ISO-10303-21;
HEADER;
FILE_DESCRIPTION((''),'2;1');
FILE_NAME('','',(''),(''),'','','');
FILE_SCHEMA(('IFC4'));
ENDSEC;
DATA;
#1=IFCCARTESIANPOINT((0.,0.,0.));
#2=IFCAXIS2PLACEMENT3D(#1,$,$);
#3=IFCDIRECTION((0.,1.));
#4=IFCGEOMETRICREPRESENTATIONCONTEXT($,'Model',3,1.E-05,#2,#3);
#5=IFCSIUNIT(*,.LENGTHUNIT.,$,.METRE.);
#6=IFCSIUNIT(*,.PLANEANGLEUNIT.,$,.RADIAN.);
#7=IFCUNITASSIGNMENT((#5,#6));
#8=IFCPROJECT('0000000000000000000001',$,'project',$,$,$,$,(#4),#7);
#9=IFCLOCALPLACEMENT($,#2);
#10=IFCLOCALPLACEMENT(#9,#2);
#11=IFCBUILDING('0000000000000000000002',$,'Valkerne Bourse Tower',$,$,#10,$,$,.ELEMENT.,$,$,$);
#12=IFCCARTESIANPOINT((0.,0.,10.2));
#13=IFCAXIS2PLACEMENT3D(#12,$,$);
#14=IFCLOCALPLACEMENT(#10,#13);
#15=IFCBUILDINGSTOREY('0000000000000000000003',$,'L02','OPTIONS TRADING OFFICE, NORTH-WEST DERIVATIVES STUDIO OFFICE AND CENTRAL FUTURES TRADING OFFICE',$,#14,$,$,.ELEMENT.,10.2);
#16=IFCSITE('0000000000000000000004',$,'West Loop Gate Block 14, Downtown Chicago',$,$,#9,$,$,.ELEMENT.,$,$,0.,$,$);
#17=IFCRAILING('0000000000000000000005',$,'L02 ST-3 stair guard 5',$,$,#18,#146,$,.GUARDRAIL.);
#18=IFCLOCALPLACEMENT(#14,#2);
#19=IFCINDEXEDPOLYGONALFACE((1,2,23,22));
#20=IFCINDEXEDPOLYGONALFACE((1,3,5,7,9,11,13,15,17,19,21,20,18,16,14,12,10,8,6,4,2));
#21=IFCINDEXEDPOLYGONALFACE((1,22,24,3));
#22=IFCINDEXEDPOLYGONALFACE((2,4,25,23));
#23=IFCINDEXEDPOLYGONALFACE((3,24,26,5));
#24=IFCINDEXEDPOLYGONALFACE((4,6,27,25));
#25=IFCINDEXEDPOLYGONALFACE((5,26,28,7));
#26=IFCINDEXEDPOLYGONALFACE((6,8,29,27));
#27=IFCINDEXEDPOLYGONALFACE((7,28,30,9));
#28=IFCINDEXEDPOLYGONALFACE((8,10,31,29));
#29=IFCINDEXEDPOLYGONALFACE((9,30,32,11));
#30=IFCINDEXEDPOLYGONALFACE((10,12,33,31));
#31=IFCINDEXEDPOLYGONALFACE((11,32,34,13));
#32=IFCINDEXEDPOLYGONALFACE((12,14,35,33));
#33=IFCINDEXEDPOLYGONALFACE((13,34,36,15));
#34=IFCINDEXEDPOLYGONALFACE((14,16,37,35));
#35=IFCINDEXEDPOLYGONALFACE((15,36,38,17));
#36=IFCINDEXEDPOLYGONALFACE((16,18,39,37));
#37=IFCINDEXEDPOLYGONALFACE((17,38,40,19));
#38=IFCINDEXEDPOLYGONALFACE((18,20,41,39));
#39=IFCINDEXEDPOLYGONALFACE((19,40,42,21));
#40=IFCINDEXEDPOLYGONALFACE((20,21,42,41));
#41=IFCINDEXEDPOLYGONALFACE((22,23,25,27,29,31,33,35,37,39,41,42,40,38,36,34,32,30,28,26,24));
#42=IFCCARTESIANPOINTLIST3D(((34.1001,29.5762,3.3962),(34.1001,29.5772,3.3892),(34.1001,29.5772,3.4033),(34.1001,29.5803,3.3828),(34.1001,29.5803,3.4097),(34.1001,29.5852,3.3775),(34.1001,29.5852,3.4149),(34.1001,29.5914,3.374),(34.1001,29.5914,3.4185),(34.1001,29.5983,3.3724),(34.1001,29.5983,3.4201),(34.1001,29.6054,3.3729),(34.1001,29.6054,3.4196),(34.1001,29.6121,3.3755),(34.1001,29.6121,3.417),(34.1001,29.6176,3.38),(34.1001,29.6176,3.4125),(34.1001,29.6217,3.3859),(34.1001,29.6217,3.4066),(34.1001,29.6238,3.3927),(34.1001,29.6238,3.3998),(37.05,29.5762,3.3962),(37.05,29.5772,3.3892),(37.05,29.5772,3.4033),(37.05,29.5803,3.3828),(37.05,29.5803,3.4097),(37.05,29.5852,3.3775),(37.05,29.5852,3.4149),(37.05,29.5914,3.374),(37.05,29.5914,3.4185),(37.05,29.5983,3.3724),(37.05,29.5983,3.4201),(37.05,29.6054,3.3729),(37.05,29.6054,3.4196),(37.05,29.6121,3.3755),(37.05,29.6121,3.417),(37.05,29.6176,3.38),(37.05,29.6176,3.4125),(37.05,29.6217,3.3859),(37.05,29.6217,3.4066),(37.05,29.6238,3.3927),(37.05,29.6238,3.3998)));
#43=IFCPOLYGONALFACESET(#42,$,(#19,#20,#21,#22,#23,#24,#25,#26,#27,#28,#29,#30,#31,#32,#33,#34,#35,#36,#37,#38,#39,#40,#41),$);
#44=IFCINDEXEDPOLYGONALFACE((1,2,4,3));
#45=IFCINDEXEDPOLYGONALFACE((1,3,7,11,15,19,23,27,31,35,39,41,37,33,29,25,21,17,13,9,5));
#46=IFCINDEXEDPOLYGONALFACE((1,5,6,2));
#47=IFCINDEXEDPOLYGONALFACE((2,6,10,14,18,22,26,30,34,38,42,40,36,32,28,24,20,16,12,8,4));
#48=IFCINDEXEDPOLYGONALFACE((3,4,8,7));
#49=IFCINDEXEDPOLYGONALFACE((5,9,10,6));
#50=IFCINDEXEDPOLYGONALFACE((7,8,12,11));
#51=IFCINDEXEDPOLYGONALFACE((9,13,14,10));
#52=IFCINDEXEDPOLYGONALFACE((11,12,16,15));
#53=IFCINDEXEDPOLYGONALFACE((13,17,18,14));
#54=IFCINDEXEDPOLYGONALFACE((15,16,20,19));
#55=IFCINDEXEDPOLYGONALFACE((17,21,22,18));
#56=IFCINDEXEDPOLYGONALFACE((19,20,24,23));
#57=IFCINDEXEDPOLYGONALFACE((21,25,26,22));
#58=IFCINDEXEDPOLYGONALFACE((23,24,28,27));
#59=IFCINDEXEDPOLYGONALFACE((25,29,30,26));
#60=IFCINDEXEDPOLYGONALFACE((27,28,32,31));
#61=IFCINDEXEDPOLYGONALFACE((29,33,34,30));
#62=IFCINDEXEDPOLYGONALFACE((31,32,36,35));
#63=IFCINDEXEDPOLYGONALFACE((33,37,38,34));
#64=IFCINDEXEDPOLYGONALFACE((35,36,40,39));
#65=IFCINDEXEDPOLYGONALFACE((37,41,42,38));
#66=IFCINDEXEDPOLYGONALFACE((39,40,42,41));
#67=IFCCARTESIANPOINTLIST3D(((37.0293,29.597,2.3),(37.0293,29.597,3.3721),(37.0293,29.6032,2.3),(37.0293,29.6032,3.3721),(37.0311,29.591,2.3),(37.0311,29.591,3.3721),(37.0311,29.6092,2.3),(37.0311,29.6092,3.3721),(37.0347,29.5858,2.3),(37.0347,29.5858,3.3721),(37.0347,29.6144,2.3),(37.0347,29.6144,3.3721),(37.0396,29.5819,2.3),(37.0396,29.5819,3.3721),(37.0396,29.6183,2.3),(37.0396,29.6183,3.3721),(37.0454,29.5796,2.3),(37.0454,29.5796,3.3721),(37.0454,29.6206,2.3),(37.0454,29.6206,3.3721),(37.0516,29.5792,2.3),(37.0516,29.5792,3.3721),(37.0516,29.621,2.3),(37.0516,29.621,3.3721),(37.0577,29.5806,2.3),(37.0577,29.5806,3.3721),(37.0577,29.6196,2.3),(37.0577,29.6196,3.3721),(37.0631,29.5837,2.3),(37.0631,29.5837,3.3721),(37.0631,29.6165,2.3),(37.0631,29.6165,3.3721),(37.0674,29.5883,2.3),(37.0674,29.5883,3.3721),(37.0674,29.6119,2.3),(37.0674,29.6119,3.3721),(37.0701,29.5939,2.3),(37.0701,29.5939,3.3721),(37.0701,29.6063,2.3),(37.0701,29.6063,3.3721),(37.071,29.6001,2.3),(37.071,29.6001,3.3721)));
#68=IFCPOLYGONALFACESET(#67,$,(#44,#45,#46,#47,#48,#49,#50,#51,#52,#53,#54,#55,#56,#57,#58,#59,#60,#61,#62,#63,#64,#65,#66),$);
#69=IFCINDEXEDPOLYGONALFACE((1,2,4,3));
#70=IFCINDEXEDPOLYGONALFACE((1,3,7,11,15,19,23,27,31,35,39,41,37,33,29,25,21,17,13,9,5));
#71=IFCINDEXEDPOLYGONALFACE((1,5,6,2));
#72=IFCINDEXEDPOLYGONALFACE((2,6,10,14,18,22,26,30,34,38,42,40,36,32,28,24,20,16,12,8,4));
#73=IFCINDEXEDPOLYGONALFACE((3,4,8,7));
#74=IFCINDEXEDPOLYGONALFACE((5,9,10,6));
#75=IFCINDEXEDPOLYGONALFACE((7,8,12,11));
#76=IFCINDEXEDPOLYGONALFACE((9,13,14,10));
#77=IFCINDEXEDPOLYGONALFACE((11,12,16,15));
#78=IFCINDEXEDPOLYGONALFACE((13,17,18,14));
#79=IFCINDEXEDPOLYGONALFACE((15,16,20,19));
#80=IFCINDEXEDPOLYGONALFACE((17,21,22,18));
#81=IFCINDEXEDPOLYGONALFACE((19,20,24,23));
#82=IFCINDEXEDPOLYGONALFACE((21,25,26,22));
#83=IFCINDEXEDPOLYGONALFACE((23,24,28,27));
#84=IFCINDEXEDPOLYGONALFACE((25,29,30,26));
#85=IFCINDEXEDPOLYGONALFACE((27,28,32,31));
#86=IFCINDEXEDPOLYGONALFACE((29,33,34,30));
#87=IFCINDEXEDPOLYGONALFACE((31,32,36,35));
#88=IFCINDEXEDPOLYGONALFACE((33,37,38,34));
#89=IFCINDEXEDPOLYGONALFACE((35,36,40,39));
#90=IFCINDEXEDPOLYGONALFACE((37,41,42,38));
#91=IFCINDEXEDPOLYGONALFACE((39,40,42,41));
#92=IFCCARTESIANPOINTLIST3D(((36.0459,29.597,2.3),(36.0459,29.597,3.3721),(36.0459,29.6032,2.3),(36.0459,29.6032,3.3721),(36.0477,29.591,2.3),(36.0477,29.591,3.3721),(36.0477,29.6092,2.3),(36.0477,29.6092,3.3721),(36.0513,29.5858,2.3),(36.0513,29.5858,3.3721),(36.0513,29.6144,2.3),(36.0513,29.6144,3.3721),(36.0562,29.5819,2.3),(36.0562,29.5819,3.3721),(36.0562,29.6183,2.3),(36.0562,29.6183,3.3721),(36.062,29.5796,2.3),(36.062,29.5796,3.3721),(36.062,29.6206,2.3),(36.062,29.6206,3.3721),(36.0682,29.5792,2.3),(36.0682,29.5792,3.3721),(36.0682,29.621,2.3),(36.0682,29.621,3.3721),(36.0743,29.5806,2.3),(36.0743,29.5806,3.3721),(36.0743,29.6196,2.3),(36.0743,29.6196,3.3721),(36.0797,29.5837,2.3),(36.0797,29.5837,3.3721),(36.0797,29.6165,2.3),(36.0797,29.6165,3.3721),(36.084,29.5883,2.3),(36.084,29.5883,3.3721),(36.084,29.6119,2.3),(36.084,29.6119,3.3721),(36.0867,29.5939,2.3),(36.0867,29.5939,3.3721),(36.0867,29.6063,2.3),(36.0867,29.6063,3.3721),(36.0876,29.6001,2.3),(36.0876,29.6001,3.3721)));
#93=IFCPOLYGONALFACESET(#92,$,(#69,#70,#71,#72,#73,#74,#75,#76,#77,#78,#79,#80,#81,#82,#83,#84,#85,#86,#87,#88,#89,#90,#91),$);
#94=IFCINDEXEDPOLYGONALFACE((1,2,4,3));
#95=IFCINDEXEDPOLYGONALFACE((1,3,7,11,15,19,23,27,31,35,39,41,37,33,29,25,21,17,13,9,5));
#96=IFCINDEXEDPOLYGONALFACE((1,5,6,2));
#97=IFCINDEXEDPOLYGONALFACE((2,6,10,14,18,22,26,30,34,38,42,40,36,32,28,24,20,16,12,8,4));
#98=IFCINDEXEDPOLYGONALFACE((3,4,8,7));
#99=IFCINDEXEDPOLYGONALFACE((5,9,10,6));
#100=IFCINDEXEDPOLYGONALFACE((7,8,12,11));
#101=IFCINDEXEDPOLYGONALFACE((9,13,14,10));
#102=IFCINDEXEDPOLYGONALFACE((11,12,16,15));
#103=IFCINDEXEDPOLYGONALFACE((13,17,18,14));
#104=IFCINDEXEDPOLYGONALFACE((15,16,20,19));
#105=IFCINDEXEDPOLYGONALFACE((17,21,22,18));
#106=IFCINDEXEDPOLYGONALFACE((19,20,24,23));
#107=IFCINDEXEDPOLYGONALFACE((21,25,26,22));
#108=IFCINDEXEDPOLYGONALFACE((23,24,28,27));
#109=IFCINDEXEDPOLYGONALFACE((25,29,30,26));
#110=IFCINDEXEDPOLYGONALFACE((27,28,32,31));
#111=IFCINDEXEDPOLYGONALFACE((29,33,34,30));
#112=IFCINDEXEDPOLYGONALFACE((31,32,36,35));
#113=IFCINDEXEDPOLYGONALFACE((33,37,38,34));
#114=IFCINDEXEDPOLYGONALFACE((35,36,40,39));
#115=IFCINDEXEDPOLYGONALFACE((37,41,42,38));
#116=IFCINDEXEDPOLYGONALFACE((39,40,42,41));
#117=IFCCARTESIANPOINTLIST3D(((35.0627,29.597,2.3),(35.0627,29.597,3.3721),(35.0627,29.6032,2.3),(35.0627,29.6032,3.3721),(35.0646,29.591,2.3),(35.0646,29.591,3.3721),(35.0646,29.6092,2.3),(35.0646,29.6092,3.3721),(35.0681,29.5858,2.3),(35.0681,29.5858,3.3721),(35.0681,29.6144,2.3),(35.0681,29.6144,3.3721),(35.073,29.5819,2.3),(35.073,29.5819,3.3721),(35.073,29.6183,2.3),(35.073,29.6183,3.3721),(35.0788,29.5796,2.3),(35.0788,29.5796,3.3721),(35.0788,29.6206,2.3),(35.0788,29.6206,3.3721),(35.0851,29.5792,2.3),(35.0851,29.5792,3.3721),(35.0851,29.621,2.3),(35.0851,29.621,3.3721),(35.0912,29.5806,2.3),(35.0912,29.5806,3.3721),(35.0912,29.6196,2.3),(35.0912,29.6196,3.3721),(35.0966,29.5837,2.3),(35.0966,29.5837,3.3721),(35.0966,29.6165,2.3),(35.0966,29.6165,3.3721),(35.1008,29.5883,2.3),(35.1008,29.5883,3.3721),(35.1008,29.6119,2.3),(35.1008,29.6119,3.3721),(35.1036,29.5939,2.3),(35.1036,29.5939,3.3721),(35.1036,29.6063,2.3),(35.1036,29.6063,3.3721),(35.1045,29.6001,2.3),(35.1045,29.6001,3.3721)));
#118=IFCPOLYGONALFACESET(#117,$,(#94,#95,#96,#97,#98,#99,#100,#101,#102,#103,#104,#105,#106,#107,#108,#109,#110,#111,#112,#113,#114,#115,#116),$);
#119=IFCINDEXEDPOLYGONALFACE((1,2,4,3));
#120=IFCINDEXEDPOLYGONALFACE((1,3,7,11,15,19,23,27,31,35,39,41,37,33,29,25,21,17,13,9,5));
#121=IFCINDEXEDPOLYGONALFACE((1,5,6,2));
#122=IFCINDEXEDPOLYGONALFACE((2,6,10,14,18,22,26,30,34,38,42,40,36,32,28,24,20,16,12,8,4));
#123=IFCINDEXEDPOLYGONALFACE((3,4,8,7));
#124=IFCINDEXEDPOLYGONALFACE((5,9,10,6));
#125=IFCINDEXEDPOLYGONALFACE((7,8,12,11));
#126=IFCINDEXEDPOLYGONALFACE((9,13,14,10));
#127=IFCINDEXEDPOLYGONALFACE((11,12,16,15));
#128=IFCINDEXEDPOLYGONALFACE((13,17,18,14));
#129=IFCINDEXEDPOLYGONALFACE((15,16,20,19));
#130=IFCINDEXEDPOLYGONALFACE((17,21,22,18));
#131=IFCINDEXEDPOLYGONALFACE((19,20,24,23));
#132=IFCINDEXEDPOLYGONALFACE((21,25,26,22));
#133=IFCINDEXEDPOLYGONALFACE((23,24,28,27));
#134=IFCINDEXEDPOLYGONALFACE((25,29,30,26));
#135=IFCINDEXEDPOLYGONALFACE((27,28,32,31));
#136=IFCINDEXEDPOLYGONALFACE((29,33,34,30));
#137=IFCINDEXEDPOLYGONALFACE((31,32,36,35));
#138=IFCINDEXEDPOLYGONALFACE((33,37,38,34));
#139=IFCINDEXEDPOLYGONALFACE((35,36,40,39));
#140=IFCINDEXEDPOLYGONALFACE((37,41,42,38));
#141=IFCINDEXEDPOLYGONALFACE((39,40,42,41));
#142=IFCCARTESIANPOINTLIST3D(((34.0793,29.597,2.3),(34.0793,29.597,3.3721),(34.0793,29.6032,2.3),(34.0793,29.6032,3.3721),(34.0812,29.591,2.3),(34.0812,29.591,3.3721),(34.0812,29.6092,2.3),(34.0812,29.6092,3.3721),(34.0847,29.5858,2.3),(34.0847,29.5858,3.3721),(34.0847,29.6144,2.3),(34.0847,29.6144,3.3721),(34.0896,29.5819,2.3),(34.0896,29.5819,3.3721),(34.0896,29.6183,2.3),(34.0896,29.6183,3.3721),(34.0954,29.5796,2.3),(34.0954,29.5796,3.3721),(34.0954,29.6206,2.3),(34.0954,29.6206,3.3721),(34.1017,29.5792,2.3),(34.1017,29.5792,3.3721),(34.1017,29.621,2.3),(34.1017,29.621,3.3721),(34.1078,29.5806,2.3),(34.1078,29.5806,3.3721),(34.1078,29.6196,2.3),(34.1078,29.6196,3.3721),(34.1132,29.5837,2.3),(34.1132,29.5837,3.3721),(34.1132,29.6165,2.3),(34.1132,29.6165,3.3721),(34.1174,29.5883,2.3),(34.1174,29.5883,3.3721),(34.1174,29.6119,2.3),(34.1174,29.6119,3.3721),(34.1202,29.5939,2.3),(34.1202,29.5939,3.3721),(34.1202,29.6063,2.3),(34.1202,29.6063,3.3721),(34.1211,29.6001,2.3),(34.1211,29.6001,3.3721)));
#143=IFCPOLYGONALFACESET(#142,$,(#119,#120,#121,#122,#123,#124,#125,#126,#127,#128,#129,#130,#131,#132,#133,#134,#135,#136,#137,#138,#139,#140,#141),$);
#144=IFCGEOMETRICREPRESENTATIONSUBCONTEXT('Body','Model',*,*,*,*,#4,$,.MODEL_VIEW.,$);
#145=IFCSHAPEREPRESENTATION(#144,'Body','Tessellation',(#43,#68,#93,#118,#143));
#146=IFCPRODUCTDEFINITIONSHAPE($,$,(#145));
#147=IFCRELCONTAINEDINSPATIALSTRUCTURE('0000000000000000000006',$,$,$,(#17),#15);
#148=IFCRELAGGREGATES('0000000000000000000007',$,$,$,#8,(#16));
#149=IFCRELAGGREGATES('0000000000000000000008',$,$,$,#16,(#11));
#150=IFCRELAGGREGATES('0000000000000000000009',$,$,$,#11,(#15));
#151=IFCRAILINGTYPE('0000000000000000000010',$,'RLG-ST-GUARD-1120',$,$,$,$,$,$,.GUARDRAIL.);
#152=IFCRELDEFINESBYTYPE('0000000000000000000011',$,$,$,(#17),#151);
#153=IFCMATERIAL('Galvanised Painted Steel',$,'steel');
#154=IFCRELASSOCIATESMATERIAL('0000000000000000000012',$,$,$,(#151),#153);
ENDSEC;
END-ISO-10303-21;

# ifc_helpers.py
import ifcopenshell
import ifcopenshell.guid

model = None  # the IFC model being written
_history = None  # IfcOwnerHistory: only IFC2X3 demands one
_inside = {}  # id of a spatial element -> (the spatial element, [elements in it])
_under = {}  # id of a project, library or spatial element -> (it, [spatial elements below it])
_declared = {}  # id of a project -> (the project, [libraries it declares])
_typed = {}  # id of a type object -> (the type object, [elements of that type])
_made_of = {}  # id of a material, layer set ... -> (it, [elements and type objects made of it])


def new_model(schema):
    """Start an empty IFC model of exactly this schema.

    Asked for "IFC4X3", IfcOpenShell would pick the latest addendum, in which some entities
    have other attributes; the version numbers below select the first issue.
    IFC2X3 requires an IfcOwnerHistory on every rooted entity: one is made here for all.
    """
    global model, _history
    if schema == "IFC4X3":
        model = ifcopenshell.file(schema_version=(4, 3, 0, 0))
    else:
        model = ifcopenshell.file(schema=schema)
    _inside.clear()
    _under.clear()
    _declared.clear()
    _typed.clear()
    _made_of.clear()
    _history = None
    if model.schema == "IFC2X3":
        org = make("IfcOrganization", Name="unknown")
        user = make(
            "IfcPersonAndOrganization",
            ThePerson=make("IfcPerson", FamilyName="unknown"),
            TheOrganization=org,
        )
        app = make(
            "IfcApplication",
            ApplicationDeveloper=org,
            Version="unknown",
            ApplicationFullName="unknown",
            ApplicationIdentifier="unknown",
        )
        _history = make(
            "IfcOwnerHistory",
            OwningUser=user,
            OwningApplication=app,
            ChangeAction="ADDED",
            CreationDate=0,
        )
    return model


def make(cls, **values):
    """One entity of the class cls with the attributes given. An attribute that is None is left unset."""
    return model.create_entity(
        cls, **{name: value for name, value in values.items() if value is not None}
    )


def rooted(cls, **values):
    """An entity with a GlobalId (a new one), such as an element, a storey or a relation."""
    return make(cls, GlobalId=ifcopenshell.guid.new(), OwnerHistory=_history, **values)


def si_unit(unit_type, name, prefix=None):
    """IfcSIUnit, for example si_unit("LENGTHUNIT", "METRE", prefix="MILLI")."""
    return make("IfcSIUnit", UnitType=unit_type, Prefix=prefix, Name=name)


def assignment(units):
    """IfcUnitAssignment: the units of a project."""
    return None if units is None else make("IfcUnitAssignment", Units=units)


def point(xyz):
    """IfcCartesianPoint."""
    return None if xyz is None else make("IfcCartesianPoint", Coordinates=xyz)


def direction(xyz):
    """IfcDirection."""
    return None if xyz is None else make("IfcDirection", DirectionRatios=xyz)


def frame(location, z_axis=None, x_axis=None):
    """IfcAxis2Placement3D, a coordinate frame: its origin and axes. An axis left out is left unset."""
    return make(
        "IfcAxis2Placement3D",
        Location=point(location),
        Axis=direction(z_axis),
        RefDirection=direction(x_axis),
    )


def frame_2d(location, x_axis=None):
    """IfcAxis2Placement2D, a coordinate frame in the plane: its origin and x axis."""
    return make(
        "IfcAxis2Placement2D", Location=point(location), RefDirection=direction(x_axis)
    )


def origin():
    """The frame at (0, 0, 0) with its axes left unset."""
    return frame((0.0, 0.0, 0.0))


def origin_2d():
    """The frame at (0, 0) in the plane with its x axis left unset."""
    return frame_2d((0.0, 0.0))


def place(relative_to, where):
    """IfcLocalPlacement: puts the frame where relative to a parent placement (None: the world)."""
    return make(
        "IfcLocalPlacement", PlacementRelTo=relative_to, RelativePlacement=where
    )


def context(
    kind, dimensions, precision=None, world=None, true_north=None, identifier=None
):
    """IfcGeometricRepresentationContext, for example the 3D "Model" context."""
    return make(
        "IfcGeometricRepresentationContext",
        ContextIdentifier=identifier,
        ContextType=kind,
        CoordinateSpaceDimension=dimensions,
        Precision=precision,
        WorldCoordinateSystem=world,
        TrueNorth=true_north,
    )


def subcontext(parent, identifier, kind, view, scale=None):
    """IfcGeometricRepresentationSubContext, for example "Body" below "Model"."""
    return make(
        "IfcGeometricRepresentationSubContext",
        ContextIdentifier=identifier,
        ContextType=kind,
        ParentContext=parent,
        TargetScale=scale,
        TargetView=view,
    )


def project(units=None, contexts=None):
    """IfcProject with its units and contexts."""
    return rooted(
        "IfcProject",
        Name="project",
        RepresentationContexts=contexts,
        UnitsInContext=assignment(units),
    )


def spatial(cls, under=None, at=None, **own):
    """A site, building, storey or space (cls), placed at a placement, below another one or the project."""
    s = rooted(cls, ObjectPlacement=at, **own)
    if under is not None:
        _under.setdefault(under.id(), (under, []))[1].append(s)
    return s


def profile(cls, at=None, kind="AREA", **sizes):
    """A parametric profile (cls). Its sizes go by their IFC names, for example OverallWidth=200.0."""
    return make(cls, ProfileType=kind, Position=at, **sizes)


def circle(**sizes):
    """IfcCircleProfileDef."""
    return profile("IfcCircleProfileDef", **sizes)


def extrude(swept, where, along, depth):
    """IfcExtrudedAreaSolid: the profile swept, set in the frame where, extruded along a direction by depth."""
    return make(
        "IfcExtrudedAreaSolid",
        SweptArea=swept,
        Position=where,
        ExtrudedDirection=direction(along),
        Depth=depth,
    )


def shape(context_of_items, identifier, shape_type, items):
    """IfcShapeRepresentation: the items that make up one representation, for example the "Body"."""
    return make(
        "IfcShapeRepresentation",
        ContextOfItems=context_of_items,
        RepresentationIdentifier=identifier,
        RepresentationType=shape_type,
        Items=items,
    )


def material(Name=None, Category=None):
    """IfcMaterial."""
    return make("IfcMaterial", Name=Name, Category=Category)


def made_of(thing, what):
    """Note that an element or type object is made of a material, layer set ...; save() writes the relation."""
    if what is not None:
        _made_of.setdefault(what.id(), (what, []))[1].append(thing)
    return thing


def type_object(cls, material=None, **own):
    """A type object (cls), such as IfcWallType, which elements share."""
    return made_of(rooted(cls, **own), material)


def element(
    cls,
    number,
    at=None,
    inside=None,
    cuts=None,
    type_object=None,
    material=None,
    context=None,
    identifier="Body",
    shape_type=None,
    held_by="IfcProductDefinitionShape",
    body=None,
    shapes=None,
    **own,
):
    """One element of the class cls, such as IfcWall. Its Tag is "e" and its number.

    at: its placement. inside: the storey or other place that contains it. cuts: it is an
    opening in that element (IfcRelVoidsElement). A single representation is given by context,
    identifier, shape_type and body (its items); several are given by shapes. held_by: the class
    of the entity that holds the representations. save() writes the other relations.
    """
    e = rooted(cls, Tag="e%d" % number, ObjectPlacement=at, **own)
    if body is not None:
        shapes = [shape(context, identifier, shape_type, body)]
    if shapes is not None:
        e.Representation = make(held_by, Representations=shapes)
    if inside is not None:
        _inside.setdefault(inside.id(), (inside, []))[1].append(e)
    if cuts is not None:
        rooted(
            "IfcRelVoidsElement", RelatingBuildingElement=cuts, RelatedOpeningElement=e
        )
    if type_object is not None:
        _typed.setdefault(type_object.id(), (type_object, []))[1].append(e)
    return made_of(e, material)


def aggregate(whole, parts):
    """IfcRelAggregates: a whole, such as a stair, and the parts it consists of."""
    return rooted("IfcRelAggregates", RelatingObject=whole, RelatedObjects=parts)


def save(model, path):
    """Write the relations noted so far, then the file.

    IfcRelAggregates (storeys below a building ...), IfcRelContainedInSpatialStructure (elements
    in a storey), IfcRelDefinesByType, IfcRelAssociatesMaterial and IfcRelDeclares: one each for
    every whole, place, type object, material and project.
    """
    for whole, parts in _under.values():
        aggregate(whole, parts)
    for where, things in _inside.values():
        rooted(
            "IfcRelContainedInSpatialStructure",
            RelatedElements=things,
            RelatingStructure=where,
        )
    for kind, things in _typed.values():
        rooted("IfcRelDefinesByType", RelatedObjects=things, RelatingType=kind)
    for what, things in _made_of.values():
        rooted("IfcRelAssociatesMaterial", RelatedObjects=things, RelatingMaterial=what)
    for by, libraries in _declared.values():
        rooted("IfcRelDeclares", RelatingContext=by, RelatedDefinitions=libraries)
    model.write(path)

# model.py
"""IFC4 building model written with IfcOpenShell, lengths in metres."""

from ifc_helpers import new_model, si_unit, direction, frame, origin, origin_2d, place, context, subcontext, project, spatial, circle, extrude, material, type_object, element, save


model = new_model("IFC4")

# Units and contexts
model_context = context("Model", 3, precision=1e-05, world=origin(), true_north=direction((0.0, 1.0)))
body_context = subcontext(model_context, "Body", "Model", "MODEL_VIEW")
ifc_project = project(units=[si_unit("LENGTHUNIT", "METRE"), si_unit("PLANEANGLEUNIT", "RADIAN")], contexts=[model_context])

# Site, building, storey
site_placement = place(None, origin())
site = spatial("IfcSite", under=ifc_project, at=site_placement, Name="West Loop Gate Block 14, Downtown Chicago", CompositionType="ELEMENT", RefElevation=0.0)
building_placement = place(site_placement, origin())
building = spatial("IfcBuilding", under=site, at=building_placement, Name="Valkerne Bourse Tower", CompositionType="ELEMENT")
storey_placement = place(building_placement, frame((0.0, 0.0, 10.2)))
storey = spatial("IfcBuildingStorey", under=building, at=storey_placement, Name="L02", Description="OPTIONS TRADING OFFICE, NORTH-WEST DERIVATIVES STUDIO OFFICE AND CENTRAL FUTURES TRADING OFFICE", CompositionType="ELEMENT", Elevation=10.2)

# Shared definitions
ifc_material_1 = material(Name="Galvanised Painted Steel", Category="steel")

# Railing
railing_type_1 = type_object("IfcRailingType", Name="RLG-ST-GUARD-1120", PredefinedType="GUARDRAIL", material=ifc_material_1)
railing_1_placement = place(storey_placement, frame((37.05, 29.6001, 2.3)))
element("IfcRailing", 1, at=railing_1_placement, inside=storey, type_object=railing_type_1, Name="L02 ST-3 stair guard 5", PredefinedType="GUARDRAIL", context=body_context, shape_type="SweptSolid", body=[
    extrude(circle(Radius=0.0239, at=origin_2d()), frame((0.0, 0.0, 1.0962), z_axis=(-1.0, 0.0, 0.0), x_axis=(0.0, -1.0, 0.0)), (0.0, 0.0, 1.0), 2.95),
    extrude(circle(Radius=0.021, at=origin_2d()), origin(), (0.0, 0.0, 1.0), 1.072),
    extrude(circle(Radius=0.021, at=origin_2d()), frame((-0.9834, 0.0, 0.0)), (0.0, 0.0, 1.0), 1.072),
    extrude(circle(Radius=0.021, at=origin_2d()), frame((-1.9666, 0.0, 0.0)), (0.0, 0.0, 1.0), 1.072),
    extrude(circle(Radius=0.021, at=origin_2d()), frame((-2.95, 0.0, 0.0)), (0.0, 0.0, 1.0), 1.072),
])

save(model, "model.ifc")
